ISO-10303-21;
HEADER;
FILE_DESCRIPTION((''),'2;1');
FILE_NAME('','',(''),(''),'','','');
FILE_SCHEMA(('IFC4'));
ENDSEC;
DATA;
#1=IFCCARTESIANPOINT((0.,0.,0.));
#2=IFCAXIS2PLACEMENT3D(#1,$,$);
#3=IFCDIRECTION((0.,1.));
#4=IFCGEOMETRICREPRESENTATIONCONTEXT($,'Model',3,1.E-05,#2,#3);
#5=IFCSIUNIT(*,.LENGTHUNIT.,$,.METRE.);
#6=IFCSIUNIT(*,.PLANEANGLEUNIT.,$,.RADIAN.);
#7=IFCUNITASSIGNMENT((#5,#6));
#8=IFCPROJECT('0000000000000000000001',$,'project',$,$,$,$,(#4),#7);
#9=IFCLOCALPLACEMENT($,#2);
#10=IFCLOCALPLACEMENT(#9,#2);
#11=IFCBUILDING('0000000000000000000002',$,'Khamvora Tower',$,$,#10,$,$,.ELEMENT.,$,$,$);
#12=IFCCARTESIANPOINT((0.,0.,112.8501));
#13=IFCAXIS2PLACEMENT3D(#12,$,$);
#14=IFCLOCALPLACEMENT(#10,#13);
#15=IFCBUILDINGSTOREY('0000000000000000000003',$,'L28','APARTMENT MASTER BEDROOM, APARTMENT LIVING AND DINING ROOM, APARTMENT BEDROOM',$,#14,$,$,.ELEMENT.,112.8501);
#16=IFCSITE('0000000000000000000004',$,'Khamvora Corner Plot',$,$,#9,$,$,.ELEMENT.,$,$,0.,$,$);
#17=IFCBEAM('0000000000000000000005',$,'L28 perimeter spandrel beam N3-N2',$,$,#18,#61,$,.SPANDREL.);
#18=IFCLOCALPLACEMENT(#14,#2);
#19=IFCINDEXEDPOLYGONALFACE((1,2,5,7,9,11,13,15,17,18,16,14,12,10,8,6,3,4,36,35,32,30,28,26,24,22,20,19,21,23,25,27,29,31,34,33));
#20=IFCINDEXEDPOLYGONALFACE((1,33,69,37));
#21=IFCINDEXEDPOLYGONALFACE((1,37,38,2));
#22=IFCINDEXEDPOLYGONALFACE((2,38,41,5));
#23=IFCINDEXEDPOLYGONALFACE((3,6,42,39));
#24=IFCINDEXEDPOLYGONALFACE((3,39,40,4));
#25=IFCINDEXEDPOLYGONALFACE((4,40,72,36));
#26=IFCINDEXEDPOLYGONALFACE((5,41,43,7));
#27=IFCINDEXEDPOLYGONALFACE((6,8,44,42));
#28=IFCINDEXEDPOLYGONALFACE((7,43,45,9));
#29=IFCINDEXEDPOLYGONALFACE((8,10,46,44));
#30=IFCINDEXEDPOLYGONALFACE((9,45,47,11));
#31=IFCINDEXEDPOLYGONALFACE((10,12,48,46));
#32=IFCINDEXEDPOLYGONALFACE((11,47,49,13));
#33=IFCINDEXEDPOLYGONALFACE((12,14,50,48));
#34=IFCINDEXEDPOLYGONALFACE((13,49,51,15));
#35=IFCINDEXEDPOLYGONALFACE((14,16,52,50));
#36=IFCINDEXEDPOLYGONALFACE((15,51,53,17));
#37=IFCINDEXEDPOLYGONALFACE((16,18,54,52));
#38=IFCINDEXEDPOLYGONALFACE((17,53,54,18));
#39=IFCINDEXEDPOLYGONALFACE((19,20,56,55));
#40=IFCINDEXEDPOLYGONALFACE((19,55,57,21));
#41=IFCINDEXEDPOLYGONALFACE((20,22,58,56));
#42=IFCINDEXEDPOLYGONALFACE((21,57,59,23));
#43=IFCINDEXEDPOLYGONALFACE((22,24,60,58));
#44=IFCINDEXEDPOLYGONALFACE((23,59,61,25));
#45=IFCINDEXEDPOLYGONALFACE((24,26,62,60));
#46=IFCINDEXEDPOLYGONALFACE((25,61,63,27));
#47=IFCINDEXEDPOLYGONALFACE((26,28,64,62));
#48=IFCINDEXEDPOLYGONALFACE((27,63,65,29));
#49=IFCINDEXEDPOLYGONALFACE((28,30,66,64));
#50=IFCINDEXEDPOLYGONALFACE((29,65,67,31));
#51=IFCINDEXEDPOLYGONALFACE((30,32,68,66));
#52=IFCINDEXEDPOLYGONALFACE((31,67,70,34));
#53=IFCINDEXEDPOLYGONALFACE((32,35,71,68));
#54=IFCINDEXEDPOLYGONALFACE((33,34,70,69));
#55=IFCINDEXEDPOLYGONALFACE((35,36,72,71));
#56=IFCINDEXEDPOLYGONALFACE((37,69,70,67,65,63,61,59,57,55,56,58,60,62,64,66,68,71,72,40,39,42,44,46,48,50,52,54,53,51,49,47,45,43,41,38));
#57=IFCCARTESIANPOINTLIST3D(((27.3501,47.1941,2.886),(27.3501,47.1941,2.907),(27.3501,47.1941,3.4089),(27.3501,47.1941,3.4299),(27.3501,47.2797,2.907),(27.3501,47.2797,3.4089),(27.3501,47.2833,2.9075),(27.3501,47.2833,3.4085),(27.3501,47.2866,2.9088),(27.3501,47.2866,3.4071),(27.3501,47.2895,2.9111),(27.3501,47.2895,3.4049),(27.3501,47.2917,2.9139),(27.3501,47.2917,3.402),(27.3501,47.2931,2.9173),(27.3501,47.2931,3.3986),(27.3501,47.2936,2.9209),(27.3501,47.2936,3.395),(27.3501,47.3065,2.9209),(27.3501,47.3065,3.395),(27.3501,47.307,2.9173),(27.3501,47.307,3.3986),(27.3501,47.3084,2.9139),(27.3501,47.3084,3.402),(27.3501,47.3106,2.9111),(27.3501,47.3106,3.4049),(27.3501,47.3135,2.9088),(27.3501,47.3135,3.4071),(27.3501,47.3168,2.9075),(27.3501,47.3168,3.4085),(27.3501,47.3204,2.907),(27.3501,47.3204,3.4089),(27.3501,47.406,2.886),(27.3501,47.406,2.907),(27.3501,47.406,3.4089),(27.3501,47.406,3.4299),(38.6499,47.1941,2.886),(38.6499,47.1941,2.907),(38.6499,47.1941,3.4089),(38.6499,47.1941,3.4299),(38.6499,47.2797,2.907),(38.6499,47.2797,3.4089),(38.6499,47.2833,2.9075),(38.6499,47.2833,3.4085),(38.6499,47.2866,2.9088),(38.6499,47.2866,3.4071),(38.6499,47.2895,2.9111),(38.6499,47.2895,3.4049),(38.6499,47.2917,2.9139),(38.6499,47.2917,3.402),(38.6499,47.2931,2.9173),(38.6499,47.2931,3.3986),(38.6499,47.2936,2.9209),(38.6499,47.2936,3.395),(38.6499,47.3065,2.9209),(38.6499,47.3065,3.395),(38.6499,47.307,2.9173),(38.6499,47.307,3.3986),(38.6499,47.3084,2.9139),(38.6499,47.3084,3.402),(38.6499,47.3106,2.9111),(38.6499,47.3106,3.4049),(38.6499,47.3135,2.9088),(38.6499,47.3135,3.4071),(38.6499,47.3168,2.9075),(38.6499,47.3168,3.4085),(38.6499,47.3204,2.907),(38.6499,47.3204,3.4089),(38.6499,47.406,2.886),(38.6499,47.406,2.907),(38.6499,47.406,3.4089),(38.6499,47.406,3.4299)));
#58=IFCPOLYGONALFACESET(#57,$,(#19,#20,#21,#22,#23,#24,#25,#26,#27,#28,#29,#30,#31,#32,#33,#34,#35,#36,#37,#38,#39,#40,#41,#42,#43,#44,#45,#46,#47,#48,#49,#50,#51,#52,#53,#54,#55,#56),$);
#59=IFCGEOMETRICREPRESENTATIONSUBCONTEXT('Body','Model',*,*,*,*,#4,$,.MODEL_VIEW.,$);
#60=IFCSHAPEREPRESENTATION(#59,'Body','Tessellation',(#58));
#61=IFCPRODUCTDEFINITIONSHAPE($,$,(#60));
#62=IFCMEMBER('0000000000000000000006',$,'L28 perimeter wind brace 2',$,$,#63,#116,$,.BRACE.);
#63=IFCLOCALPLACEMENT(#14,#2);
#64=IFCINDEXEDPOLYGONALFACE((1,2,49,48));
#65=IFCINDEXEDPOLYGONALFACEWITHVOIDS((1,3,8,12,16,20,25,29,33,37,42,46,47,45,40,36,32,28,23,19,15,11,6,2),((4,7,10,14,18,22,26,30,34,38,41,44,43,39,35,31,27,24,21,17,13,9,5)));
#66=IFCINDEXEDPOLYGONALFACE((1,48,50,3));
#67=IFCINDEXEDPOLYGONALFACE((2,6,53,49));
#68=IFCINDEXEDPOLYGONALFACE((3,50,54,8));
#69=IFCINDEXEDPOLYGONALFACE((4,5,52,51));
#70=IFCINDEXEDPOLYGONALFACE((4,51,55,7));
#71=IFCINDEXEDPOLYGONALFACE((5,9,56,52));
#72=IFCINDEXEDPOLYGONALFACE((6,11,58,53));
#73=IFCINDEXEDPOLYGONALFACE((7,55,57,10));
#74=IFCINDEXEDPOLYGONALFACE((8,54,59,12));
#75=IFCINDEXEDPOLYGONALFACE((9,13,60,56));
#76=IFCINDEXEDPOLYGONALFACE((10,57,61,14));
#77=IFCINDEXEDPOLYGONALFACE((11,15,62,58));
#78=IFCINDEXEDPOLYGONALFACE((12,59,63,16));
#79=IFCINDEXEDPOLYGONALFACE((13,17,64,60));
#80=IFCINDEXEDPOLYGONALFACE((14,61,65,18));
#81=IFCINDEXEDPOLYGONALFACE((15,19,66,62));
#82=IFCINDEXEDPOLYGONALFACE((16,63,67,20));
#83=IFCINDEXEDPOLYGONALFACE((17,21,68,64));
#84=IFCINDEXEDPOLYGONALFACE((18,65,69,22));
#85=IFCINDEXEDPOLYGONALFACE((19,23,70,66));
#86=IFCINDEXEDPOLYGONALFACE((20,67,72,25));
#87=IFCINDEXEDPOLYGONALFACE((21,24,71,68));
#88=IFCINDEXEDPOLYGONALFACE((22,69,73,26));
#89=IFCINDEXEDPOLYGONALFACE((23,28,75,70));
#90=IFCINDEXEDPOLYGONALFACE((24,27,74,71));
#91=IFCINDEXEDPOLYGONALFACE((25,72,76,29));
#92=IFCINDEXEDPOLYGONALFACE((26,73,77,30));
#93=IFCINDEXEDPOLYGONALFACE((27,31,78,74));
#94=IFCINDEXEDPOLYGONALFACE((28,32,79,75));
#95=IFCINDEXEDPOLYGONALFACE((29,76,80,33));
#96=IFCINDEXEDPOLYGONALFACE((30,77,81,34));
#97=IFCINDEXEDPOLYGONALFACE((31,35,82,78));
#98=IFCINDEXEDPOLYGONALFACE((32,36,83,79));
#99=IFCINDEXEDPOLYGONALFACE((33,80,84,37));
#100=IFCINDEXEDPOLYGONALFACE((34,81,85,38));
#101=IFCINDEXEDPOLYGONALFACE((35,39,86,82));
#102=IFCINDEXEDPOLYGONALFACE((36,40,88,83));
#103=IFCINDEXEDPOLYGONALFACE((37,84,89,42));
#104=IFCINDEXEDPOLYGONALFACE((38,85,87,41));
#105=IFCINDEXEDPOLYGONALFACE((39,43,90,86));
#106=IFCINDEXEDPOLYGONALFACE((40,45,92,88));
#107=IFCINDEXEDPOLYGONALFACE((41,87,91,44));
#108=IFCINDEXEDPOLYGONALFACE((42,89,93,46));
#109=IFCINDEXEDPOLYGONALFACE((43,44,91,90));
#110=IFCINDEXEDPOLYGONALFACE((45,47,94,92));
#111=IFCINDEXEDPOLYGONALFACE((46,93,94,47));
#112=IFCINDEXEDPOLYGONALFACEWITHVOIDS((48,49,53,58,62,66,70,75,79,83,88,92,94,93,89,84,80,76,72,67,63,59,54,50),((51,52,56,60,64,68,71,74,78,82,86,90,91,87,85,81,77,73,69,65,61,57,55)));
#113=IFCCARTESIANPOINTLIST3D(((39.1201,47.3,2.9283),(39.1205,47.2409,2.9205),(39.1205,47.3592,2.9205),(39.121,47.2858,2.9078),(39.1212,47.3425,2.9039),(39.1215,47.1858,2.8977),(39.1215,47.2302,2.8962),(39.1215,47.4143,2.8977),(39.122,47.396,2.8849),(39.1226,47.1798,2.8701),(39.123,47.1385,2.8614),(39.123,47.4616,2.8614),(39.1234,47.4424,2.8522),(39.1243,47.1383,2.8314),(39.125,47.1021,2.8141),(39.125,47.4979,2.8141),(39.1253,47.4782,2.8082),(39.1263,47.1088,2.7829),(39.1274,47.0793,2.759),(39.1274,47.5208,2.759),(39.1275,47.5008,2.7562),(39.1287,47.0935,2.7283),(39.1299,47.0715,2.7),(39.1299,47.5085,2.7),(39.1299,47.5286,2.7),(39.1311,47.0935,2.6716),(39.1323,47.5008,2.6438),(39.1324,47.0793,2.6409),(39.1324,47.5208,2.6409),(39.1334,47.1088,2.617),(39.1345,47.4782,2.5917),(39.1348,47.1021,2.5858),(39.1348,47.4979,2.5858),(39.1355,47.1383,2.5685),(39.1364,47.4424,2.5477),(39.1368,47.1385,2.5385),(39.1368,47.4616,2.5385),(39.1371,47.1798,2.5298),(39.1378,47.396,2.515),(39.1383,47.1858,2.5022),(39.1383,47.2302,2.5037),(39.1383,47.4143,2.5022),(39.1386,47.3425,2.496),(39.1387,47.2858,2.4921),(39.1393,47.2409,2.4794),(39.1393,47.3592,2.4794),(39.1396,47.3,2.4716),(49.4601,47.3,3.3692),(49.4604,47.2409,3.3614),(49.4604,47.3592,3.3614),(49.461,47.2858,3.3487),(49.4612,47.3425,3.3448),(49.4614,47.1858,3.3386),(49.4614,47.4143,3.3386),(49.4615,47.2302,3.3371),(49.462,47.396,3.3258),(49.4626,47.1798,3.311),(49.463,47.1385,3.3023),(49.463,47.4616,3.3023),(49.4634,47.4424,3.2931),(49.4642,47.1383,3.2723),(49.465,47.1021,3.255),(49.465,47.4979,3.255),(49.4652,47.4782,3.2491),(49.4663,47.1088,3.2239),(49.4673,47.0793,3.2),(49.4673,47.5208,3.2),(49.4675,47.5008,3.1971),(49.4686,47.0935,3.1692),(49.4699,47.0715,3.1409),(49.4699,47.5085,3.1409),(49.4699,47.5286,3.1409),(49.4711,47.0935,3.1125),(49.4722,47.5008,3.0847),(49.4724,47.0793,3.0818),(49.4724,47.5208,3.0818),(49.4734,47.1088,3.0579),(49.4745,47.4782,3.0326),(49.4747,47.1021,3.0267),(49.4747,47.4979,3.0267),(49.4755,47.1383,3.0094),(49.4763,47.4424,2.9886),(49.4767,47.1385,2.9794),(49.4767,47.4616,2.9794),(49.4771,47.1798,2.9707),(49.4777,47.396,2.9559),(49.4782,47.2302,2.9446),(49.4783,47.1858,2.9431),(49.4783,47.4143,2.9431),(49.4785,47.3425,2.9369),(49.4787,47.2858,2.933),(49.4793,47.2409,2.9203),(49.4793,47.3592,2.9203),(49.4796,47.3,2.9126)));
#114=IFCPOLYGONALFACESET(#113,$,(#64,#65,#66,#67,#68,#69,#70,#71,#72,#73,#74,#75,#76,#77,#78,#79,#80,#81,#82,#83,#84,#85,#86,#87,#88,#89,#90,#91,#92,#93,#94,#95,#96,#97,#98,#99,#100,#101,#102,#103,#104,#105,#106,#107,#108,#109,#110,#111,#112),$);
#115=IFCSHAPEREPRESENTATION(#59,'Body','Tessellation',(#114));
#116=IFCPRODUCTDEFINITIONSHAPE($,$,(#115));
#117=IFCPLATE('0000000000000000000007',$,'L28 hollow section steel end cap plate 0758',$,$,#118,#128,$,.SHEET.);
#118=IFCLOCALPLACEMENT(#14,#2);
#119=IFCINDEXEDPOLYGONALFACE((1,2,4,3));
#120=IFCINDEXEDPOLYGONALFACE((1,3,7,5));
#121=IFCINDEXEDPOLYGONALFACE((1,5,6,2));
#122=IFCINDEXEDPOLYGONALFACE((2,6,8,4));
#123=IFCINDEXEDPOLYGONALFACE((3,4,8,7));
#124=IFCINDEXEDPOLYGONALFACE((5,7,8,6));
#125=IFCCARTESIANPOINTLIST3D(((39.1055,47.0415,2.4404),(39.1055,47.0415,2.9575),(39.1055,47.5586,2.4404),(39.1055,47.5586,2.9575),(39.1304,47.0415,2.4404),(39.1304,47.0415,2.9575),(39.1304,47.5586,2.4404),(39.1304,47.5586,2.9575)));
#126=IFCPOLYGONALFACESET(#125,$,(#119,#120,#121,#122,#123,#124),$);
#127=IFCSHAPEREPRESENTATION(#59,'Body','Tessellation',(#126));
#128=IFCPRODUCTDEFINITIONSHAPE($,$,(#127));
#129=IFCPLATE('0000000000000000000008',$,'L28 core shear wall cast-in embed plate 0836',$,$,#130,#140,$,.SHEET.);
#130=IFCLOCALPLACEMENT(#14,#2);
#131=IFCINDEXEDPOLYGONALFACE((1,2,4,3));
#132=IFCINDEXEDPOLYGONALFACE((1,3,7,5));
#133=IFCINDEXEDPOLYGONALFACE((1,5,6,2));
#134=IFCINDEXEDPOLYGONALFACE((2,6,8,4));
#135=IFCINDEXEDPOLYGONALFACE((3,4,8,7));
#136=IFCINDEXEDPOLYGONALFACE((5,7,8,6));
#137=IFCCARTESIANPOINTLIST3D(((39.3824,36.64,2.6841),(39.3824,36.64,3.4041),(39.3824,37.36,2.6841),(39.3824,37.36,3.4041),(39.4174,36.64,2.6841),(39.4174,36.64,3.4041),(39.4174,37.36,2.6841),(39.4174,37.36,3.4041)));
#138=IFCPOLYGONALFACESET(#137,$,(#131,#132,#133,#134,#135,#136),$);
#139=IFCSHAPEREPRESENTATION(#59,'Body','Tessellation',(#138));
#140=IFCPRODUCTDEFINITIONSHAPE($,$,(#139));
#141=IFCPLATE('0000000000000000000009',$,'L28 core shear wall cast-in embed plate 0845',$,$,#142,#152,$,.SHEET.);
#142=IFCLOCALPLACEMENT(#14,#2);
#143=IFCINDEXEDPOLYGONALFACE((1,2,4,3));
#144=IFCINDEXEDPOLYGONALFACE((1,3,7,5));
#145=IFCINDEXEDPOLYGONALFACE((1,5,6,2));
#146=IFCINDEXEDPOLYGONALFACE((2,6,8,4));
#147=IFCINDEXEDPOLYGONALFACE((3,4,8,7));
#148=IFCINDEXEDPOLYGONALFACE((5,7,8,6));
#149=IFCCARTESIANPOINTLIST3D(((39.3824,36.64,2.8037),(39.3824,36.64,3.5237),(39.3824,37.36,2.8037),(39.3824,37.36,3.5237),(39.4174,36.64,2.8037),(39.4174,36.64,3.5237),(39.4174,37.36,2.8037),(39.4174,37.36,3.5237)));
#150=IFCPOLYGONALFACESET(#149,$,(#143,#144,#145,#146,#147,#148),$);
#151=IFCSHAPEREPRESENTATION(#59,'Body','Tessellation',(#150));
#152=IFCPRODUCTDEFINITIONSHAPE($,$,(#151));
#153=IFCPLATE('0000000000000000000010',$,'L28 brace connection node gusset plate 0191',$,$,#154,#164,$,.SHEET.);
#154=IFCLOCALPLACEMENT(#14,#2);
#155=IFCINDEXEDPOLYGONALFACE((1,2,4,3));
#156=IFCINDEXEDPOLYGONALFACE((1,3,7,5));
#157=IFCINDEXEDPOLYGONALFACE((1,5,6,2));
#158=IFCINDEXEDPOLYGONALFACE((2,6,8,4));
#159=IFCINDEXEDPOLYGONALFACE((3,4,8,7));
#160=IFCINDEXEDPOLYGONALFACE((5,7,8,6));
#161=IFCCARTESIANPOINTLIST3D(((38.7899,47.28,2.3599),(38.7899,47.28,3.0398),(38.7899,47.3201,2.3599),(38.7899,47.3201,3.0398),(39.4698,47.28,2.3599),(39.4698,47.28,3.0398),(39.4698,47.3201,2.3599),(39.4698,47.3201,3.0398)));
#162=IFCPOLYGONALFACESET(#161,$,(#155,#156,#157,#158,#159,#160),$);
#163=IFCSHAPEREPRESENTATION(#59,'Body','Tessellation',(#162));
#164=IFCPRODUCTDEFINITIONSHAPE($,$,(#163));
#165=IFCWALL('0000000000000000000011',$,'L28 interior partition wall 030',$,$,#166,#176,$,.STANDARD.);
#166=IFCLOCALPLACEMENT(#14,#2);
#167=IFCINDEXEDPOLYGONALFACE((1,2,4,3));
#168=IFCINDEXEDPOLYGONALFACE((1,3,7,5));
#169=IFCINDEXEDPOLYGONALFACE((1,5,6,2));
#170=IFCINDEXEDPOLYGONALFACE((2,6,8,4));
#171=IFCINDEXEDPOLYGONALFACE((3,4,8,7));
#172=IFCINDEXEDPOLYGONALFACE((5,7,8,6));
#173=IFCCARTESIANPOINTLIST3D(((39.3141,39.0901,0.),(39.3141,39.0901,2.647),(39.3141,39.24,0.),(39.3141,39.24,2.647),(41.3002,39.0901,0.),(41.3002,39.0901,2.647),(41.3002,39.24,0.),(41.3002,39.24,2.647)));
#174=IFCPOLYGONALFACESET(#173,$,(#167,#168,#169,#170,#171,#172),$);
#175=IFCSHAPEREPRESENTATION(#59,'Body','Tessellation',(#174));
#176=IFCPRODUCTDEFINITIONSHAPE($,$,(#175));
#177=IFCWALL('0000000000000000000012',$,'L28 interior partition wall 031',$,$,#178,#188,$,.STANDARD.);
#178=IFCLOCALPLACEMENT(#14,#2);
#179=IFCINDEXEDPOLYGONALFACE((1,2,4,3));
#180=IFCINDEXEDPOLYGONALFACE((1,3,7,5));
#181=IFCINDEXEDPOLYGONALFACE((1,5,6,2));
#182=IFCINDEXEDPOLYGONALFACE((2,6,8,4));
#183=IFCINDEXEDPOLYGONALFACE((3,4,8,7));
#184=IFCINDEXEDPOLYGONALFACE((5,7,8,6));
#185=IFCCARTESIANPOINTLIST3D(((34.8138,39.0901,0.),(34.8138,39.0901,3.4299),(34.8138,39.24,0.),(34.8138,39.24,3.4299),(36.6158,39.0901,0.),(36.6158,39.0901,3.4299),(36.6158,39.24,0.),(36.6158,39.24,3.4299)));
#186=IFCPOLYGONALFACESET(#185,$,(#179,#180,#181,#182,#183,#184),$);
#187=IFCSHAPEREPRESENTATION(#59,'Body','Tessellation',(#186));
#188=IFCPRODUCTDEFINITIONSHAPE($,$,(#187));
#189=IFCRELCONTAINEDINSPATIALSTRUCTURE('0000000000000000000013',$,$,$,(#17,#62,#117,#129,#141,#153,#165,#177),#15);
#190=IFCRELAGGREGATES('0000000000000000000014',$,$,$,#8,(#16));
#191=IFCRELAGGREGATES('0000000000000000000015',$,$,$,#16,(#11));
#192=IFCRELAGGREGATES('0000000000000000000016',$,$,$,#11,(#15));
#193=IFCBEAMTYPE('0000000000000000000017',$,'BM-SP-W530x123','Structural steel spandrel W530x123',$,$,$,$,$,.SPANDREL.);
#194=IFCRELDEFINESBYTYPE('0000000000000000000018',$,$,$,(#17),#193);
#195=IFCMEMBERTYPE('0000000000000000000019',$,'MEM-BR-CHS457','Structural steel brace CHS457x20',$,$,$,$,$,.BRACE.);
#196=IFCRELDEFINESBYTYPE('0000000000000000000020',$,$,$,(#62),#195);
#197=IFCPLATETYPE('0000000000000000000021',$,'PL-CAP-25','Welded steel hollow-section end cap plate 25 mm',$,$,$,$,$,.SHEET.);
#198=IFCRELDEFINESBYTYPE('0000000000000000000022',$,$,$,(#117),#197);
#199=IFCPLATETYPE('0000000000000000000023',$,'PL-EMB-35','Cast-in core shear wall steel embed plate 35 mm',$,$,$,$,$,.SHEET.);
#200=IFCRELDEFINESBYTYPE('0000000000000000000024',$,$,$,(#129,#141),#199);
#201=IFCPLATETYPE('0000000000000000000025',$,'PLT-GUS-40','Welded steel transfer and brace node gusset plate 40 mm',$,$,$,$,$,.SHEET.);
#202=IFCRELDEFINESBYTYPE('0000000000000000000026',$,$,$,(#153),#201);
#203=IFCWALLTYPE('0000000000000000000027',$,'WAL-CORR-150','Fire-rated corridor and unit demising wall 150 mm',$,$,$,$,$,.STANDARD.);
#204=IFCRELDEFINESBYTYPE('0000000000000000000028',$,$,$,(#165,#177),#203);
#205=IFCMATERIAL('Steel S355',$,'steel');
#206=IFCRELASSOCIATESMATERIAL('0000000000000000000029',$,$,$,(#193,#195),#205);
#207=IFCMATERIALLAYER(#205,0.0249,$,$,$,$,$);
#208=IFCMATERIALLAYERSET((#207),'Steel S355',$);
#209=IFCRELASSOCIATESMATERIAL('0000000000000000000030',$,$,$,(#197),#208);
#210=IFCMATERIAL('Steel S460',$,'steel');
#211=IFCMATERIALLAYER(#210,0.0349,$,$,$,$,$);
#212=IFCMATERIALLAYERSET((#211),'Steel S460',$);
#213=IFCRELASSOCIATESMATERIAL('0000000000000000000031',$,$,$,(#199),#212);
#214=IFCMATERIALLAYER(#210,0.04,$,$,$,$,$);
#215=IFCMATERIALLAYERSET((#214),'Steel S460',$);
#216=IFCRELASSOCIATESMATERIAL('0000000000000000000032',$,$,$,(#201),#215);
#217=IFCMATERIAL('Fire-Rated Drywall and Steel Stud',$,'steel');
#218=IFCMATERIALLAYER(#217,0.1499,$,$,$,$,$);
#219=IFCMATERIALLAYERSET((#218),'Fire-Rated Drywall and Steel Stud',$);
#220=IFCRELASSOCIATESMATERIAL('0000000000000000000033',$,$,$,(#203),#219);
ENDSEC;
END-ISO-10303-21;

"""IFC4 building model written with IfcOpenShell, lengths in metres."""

from ifc_helpers import new_model, si_unit, direction, frame, frame_2d, origin, origin_2d, place, context, subcontext, project, spatial, rectangle, hollow_circle, i_section, extrude, material, layer, layer_set, material_profile, profile_set, type_object, element, save


model = new_model("IFC4")

# Units and contexts
model_context = context("Model", 3, precision=1e-05, world=origin(), true_north=direction((0.0, 1.0)))
body_context = subcontext(model_context, "Body", "Model", "MODEL_VIEW")
ifc_project = project(units=[si_unit("LENGTHUNIT", "METRE"), si_unit("PLANEANGLEUNIT", "RADIAN")], contexts=[model_context])

# Site, building, storey
site_placement = place(None, origin())
site = spatial("IfcSite", under=ifc_project, at=site_placement, Name="Khamvora Corner Plot", CompositionType="ELEMENT", RefElevation=0.0)
building_placement = place(site_placement, origin())
building = spatial("IfcBuilding", under=site, at=building_placement, Name="Khamvora Tower", CompositionType="ELEMENT")
storey_placement = place(building_placement, frame((0.0, 0.0, 112.8501)))
storey = spatial("IfcBuildingStorey", under=building, at=storey_placement, Name="L28", Description="APARTMENT MASTER BEDROOM, APARTMENT LIVING AND DINING ROOM, APARTMENT BEDROOM", CompositionType="ELEMENT", Elevation=112.8501)

# Shared definitions
ifc_material_1 = material(Name="Steel S355", Category="steel")

# Beam
ifc_material_profile_1 = material_profile(ifc_material_1, i_section(OverallWidth=0.2119, OverallDepth=0.5439, WebThickness=0.0129, FlangeThickness=0.021, FilletRadius=0.0139, at=origin_2d()), Name="W530x123")
ifc_profile_set_1 = profile_set([ifc_material_profile_1], Name="Steel S355")
beam_type_1 = type_object("IfcBeamType", Name="BM-SP-W530x123", Description="Structural steel spandrel W530x123", PredefinedType="SPANDREL", material=ifc_profile_set_1)
beam_1_placement = place(storey_placement, frame((38.6499, 47.3, 3.158), z_axis=(-1.0, 0.0, 0.0), x_axis=(0.0, -1.0, 0.0)))
element("IfcBeam", 1, at=beam_1_placement, inside=storey, type_object=beam_type_1, Name="L28 perimeter spandrel beam N3-N2", PredefinedType="SPANDREL", context=body_context, shape_type="SweptSolid", body=[
    extrude(i_section(OverallWidth=0.2119, OverallDepth=0.5439, WebThickness=0.0129, FlangeThickness=0.021, FilletRadius=0.0139, at=origin_2d()), origin(), (0.0, 0.0, 1.0), 11.2998),
])

# Member
ifc_material_profile_2 = material_profile(ifc_material_1, hollow_circle(Radius=0.2285, WallThickness=0.02, at=origin_2d()), Name="CHS457x20")
ifc_profile_set_2 = profile_set([ifc_material_profile_2], Name="Steel S355")
member_type = type_object("IfcMemberType", Name="MEM-BR-CHS457", Description="Structural steel brace CHS457x20", PredefinedType="BRACE", material=ifc_profile_set_2)
member_placement = place(storey_placement, frame((39.1299, 47.3, 2.7), z_axis=(0.999092, 0.0, 0.042603), x_axis=(0.0, 1.0, 0.0)))
element("IfcMember", 2, at=member_placement, inside=storey, type_object=member_type, Name="L28 perimeter wind brace 2", PredefinedType="BRACE", context=body_context, shape_type="SweptSolid", body=[
    extrude(hollow_circle(Radius=0.2285, WallThickness=0.02, at=origin_2d()), origin(), (0.0, 0.0, 1.0), 10.3494),
])

# Plates
ifc_layer_1 = layer(ifc_material_1, 0.0249)
ifc_layer_set_1 = layer_set([ifc_layer_1], Name="Steel S355")
plate_type_1 = type_object("IfcPlateType", Name="PL-CAP-25", Description="Welded steel hollow-section end cap plate 25 mm", PredefinedType="SHEET", material=ifc_layer_set_1)
plate_1_placement = place(storey_placement, frame((39.1179, 47.3, 2.4404), z_axis=(0.0, 0.0, 1.0), x_axis=(1.0, 0.0, 0.0)))
element("IfcPlate", 3, at=plate_1_placement, inside=storey, type_object=plate_type_1, Name="L28 hollow section steel end cap plate 0758", PredefinedType="SHEET", context=body_context, shape_type="SweptSolid", body=[
    extrude(rectangle(XDim=0.0249, YDim=0.5171, at=origin_2d()), origin(), (0.0, 0.0, 1.0), 0.5171),
])
ifc_material_2 = material(Name="Steel S460", Category="steel")
ifc_layer_2 = layer(ifc_material_2, 0.0349)
ifc_layer_set_2 = layer_set([ifc_layer_2], Name="Steel S460")
plate_type_2 = type_object("IfcPlateType", Name="PL-EMB-35", Description="Cast-in core shear wall steel embed plate 35 mm", PredefinedType="SHEET", material=ifc_layer_set_2)
for number, where, z_axis, x_axis, name in (
    (4, (39.3999, 37.0, 2.6841), (0.0, 0.0, 1.0), (1.0, 0.0, 0.0), "L28 core shear wall cast-in embed plate 0836"),
    (5, (39.3999, 37.0, 2.8037), (0.0, 0.0, 1.0), (1.0, 0.0, 0.0), "L28 core shear wall cast-in embed plate 0845"),
):
    element("IfcPlate", number, at=place(storey_placement, frame(where, z_axis=z_axis, x_axis=x_axis)), inside=storey, type_object=plate_type_2, Name=name, PredefinedType="SHEET", context=body_context, shape_type="SweptSolid", body=[
        extrude(rectangle(XDim=0.0349, YDim=0.72, at=origin_2d()), origin(), (0.0, 0.0, 1.0), 0.72),
    ])
ifc_layer_3 = layer(ifc_material_2, 0.04)
ifc_layer_set_3 = layer_set([ifc_layer_3], Name="Steel S460")
plate_type_3 = type_object("IfcPlateType", Name="PLT-GUS-40", Description="Welded steel transfer and brace node gusset plate 40 mm", PredefinedType="SHEET", material=ifc_layer_set_3)
plate_2_placement = place(storey_placement, frame((39.1299, 47.3, 2.3599), z_axis=(0.0, 0.0, 1.0), x_axis=(1.0, 0.0, 0.0)))
element("IfcPlate", 6, at=plate_2_placement, inside=storey, type_object=plate_type_3, Name="L28 brace connection node gusset plate 0191", PredefinedType="SHEET", context=body_context, shape_type="SweptSolid", body=[
    extrude(rectangle(XDim=0.6799, YDim=0.04, at=origin_2d()), origin(), (0.0, 0.0, 1.0), 0.6799),
])

# Shared definitions
ifc_material_3 = material(Name="Fire-Rated Drywall and Steel Stud", Category="steel")
ifc_layer_4 = layer(ifc_material_3, 0.1499)
ifc_layer_set_4 = layer_set([ifc_layer_4], Name="Fire-Rated Drywall and Steel Stud")
wall_type_1 = type_object("IfcWallType", Name="WAL-CORR-150", Description="Fire-rated corridor and unit demising wall 150 mm", PredefinedType="STANDARD", material=ifc_layer_set_4)

# Walls
wall_1_placement = place(storey_placement, frame((39.314, 39.165, 0.0), z_axis=(0.0, 0.0, 1.0), x_axis=(1.0, 0.0, 0.0)))
element("IfcWall", 7, at=wall_1_placement, inside=storey, type_object=wall_type_1, Name="L28 interior partition wall 030", PredefinedType="STANDARD", context=body_context, shape_type="SweptSolid", body=[
    extrude(rectangle(XDim=1.9861, YDim=0.1499, at=frame_2d((0.9932, 0.0))), origin(), (0.0, 0.0, 1.0), 2.647),
])
wall_2_placement = place(storey_placement, frame((34.814, 39.165, 0.0), z_axis=(0.0, 0.0, 1.0), x_axis=(1.0, 0.0, 0.0)))
element("IfcWall", 8, at=wall_2_placement, inside=storey, type_object=wall_type_1, Name="L28 interior partition wall 031", PredefinedType="STANDARD", context=body_context, shape_type="SweptSolid", body=[
    extrude(rectangle(XDim=1.802, YDim=0.1499, at=frame_2d((0.9009, 0.0))), origin(), (0.0, 0.0, 1.0), 3.4299),
])

save(model, "model.ifc")
